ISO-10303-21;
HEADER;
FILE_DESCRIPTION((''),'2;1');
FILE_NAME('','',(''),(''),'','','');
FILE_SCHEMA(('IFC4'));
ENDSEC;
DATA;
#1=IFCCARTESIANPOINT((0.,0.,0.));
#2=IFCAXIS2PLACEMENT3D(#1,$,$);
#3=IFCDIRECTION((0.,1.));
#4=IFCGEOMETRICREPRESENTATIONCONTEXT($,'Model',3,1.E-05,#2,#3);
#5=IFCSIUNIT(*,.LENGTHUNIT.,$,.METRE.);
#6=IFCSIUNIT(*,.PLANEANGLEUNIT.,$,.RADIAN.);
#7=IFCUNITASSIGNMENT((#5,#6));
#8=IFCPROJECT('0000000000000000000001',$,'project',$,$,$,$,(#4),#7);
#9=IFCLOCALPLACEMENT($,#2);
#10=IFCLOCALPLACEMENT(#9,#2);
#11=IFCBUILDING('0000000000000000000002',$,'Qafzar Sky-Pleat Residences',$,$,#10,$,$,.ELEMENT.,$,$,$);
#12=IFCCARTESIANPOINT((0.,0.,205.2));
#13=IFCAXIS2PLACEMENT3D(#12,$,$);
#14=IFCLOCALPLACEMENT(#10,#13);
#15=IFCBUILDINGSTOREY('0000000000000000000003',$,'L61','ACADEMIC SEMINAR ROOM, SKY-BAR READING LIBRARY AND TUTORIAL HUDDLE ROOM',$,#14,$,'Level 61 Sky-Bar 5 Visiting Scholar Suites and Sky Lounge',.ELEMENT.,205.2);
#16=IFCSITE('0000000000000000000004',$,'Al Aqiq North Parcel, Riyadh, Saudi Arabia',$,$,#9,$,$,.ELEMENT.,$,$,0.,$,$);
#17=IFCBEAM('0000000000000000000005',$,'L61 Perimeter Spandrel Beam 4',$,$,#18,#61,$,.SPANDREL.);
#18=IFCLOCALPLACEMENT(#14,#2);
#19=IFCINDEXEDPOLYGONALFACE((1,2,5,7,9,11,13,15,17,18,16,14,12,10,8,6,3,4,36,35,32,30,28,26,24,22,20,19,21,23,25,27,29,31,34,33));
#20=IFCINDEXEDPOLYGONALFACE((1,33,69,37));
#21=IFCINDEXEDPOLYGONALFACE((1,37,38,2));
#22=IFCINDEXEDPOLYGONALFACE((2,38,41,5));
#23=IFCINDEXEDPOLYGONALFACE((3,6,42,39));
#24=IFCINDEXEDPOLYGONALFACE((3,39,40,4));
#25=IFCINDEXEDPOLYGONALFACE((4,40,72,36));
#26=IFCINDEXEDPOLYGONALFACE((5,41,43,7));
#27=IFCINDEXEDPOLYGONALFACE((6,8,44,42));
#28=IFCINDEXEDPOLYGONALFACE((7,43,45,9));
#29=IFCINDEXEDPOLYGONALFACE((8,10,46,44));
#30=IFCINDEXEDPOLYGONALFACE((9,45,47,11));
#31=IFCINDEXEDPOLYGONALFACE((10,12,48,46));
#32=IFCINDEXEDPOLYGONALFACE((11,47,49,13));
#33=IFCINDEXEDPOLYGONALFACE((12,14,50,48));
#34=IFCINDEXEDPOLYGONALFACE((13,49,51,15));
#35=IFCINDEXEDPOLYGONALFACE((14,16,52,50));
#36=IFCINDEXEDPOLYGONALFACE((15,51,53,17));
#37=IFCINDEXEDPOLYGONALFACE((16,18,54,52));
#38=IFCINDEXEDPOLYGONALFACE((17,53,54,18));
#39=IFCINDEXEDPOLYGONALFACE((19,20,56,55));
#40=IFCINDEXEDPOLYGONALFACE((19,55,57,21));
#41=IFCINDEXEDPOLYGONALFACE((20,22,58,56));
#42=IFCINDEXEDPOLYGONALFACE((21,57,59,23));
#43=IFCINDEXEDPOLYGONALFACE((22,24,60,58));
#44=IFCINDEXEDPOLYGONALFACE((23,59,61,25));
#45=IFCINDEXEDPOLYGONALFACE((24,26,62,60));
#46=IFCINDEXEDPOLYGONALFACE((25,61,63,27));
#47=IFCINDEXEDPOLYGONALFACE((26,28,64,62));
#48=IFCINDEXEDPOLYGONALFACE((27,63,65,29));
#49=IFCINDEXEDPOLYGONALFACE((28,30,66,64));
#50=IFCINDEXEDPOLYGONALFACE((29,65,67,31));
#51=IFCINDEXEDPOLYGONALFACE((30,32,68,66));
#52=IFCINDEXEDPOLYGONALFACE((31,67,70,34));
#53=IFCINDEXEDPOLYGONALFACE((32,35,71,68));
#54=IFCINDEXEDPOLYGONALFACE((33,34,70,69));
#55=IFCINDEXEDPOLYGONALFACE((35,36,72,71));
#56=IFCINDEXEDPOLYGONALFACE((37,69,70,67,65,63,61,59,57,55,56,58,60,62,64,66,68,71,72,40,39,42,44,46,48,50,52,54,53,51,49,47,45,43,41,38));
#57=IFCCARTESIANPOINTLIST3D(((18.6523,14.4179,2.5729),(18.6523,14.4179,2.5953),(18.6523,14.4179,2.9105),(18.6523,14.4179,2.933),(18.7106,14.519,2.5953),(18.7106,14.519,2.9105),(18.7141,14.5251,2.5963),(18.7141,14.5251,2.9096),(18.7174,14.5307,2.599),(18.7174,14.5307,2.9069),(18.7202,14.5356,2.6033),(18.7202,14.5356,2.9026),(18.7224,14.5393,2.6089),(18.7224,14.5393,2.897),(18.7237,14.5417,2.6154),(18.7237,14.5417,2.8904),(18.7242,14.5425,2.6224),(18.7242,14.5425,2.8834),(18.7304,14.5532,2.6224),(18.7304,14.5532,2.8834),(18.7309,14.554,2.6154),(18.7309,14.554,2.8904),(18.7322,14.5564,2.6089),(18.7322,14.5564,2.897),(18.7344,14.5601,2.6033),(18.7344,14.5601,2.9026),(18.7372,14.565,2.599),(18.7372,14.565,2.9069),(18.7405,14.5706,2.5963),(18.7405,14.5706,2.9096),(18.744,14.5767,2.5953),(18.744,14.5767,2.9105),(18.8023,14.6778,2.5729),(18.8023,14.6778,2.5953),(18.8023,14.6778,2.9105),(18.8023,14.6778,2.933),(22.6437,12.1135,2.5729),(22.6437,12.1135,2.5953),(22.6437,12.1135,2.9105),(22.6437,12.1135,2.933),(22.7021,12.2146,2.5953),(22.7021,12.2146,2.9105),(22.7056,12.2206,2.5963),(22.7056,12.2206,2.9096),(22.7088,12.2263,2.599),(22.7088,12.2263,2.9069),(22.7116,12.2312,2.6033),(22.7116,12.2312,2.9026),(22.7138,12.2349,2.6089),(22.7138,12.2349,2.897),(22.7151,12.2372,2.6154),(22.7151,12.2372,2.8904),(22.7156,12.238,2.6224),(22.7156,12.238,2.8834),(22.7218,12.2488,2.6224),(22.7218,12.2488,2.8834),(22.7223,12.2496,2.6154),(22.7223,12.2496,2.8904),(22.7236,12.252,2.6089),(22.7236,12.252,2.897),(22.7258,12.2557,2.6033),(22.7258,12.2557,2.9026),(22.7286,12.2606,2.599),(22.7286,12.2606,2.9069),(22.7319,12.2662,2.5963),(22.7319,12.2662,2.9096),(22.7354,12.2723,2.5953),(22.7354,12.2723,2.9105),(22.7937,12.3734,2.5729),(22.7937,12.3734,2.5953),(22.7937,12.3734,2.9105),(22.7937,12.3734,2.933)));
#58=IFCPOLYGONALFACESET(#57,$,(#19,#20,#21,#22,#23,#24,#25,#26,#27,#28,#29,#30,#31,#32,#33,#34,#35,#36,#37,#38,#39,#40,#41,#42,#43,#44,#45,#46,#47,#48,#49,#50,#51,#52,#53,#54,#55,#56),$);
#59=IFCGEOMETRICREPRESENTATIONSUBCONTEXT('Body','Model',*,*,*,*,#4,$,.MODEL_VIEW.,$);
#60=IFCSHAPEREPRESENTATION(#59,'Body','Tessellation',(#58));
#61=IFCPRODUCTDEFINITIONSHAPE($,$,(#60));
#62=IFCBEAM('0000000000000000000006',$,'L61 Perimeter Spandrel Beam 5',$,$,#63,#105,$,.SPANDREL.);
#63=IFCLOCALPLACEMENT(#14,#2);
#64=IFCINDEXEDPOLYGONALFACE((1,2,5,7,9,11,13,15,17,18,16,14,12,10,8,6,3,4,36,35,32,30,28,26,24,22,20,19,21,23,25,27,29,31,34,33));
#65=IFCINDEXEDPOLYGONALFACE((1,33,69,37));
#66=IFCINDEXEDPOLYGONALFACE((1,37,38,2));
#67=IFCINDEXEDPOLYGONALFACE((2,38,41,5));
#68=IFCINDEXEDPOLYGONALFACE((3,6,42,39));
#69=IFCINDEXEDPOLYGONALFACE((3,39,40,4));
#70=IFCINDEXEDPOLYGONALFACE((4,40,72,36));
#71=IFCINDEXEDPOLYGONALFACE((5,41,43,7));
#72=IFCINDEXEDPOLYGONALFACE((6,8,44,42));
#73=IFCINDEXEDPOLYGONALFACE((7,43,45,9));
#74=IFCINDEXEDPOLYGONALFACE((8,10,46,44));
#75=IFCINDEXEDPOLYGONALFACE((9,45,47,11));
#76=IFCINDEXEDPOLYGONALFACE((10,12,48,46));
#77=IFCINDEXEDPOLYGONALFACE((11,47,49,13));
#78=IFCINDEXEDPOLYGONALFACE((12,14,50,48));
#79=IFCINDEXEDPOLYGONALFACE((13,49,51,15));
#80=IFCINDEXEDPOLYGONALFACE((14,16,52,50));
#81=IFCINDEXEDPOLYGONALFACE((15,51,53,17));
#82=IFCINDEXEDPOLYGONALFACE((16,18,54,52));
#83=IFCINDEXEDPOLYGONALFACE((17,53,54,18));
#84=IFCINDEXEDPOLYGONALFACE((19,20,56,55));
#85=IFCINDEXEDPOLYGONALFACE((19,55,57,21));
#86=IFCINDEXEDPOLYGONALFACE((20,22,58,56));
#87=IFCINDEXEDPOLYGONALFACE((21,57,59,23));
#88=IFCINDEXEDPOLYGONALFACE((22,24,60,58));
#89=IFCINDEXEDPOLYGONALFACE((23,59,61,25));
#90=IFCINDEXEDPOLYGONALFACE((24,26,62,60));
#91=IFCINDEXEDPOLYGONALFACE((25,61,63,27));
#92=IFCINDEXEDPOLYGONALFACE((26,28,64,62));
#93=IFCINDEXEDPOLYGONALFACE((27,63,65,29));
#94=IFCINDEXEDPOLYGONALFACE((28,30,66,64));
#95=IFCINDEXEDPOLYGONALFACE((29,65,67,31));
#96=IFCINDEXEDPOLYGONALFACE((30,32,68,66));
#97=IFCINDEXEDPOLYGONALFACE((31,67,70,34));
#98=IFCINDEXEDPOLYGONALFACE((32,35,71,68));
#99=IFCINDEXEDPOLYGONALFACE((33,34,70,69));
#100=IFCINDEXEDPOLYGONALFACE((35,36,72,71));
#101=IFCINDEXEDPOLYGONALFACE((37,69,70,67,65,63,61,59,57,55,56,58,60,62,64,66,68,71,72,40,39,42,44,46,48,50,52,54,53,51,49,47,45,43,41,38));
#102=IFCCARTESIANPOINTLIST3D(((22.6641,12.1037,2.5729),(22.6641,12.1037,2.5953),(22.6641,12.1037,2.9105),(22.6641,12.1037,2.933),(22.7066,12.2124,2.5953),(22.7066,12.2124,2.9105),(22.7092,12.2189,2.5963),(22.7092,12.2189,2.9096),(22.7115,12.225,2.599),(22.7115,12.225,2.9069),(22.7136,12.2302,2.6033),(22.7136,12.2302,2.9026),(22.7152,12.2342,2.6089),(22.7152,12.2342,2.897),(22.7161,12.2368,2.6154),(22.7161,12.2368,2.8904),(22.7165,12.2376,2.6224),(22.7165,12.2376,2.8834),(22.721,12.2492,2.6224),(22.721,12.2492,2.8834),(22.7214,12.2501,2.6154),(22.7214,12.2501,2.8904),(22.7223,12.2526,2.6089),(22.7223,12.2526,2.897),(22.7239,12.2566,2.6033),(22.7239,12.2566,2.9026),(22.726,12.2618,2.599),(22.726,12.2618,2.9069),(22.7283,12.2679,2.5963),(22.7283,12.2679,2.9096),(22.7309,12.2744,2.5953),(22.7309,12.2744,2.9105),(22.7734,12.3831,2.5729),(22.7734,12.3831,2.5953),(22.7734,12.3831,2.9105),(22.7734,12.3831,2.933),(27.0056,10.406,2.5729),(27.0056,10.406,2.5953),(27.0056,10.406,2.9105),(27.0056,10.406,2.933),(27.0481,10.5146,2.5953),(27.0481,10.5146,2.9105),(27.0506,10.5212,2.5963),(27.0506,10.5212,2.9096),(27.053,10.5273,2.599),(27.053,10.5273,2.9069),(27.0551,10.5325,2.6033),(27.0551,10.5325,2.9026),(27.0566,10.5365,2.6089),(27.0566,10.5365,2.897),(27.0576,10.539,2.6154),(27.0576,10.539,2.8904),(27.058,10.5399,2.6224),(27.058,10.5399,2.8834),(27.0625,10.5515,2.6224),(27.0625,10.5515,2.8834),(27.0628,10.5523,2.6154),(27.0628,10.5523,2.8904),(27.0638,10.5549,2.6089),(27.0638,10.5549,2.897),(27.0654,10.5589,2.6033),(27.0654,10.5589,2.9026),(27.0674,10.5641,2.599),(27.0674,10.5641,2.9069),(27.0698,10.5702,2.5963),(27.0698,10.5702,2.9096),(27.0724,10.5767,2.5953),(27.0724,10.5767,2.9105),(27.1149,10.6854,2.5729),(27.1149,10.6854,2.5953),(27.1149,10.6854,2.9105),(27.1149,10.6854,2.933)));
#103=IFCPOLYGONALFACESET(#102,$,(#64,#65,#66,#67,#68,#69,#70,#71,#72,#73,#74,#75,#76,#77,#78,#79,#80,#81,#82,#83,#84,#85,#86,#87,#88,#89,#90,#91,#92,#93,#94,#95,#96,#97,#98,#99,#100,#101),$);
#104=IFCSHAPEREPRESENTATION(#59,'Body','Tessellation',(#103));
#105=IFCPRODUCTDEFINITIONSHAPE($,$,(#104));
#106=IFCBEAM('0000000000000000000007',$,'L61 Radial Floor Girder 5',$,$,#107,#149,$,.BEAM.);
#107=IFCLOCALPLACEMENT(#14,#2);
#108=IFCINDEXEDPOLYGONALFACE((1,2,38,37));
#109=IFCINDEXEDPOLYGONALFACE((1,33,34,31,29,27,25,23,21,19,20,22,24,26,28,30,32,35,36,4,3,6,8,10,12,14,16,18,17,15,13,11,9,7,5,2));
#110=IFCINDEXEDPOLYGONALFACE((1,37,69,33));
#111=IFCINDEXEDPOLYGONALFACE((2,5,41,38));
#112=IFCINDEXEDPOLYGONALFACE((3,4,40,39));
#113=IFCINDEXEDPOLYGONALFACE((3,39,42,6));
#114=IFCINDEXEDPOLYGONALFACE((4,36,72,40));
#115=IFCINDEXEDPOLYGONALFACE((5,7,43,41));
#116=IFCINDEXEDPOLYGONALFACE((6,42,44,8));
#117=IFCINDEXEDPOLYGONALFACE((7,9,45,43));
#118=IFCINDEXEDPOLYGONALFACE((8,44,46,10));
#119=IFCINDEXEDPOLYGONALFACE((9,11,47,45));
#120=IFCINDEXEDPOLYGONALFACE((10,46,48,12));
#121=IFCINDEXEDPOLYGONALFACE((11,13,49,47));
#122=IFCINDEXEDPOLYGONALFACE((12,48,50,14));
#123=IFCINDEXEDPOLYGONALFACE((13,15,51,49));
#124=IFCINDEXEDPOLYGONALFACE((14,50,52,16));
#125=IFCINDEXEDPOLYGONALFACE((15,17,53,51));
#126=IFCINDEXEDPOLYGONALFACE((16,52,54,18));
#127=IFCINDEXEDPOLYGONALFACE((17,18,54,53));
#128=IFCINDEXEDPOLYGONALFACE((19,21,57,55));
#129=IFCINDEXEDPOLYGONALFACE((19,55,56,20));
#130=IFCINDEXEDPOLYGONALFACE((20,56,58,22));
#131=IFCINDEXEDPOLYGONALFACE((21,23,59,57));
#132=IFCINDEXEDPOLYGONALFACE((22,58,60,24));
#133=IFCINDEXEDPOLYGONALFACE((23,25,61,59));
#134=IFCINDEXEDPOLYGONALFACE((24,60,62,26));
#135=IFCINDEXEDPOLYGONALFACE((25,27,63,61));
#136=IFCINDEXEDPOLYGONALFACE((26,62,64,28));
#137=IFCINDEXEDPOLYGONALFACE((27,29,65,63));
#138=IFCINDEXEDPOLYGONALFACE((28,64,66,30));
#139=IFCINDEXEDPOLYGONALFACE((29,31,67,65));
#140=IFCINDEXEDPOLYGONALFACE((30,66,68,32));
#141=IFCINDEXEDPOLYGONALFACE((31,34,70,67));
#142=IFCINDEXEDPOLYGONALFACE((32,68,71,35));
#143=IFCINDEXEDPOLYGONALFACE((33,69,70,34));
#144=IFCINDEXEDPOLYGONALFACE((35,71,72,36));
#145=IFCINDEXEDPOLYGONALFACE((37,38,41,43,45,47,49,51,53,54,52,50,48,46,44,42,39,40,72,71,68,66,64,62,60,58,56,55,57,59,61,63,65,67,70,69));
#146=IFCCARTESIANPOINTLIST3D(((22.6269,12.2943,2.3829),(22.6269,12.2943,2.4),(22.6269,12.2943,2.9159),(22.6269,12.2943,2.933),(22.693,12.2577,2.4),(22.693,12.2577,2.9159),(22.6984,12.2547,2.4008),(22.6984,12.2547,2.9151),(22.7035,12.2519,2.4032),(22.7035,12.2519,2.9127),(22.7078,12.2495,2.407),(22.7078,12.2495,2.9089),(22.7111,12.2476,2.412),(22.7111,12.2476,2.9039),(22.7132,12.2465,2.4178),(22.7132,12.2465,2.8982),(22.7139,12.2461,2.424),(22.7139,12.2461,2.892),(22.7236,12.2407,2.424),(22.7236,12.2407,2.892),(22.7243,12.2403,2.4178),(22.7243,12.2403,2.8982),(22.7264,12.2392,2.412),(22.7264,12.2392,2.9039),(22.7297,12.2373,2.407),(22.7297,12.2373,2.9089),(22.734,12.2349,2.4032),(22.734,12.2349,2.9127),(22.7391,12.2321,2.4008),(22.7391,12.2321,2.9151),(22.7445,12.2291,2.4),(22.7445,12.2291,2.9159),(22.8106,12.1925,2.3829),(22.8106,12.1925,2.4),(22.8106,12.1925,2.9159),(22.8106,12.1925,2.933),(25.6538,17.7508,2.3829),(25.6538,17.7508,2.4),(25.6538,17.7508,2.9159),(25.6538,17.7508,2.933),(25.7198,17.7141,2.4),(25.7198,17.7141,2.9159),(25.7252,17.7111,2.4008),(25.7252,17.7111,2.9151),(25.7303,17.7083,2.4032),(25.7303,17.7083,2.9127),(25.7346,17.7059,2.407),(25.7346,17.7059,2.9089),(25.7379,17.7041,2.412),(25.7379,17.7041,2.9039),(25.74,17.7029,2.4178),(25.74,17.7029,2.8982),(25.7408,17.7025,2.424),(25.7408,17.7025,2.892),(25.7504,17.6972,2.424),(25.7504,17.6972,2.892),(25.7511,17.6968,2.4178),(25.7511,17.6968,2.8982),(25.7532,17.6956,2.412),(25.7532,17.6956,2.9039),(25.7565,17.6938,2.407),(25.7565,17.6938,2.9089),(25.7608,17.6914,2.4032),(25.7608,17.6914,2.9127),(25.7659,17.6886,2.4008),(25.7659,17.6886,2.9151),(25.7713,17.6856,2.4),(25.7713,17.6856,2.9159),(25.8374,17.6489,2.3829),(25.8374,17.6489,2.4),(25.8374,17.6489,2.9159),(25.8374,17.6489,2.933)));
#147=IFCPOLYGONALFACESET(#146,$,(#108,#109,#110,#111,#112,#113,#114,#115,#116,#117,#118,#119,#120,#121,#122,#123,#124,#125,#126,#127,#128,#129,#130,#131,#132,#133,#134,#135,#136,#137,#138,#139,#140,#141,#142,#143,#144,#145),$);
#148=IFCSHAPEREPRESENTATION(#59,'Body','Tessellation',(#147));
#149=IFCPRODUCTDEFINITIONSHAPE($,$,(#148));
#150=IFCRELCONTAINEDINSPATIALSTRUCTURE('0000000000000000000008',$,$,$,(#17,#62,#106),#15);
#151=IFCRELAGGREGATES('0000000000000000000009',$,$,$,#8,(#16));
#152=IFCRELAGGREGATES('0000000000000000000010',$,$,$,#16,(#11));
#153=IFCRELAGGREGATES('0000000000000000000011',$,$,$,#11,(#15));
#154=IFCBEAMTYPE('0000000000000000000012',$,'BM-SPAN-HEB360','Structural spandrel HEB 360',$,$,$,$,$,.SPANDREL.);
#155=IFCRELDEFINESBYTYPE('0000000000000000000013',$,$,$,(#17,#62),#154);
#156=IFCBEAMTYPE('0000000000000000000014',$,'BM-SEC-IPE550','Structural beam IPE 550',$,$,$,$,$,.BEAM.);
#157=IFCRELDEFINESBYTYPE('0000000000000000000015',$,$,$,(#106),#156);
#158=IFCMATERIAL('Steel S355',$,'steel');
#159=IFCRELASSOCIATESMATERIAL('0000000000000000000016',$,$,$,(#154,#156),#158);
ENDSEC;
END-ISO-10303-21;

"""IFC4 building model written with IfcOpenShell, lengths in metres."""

from ifc_helpers import new_model, si_unit, direction, frame, origin, origin_2d, place, context, subcontext, project, spatial, i_section, extrude, source, transform, mapped, material, material_profile, profile_set, type_object, element, save


model = new_model("IFC4")

# Units and contexts
model_context = context("Model", 3, precision=1e-05, world=origin(), true_north=direction((0.0, 1.0)))
body_context = subcontext(model_context, "Body", "Model", "MODEL_VIEW")
ifc_project = project(units=[si_unit("LENGTHUNIT", "METRE"), si_unit("PLANEANGLEUNIT", "RADIAN")], contexts=[model_context])

# Site, building, storey
site_placement = place(None, origin())
site = spatial("IfcSite", under=ifc_project, at=site_placement, Name="Al Aqiq North Parcel, Riyadh, Saudi Arabia", CompositionType="ELEMENT", RefElevation=0.0)
building_placement = place(site_placement, origin())
building = spatial("IfcBuilding", under=site, at=building_placement, Name="Qafzar Sky-Pleat Residences", CompositionType="ELEMENT")
storey_placement = place(building_placement, frame((0.0, 0.0, 205.2)))
storey = spatial("IfcBuildingStorey", under=building, at=storey_placement, Name="L61", Description="ACADEMIC SEMINAR ROOM, SKY-BAR READING LIBRARY AND TUTORIAL HUDDLE ROOM", LongName="Level 61 Sky-Bar 5 Visiting Scholar Suites and Sky Lounge", CompositionType="ELEMENT", Elevation=205.2)

# Shared definitions
ifc_material_1 = material(Name="Steel S355", Category="steel")

# Beams
ifc_material_profile_1 = material_profile(ifc_material_1, i_section(OverallWidth=0.3, OverallDepth=0.3601, WebThickness=0.0125, FlangeThickness=0.0225, FilletRadius=0.0271, at=origin_2d()), Name="HEB 360")
ifc_profile_set_1 = profile_set([ifc_material_profile_1], Name="Steel S355")
beam_type_1 = type_object("IfcBeamType", Name="BM-SPAN-HEB360", Description="Structural spandrel HEB 360", PredefinedType="SPANDREL", material=ifc_profile_set_1)
shared_shape_1 = source(origin(), body_context, "Body", "SweptSolid", [
    extrude(i_section(OverallWidth=0.3, OverallDepth=0.3601, WebThickness=0.0125, FlangeThickness=0.0225, FilletRadius=0.0271, at=origin_2d()), origin(), (0.0, 0.0, 1.0), 4.6089),
])
beam_1_placement = place(storey_placement, frame((18.7273, 14.5479, 2.7529), z_axis=(0.866028, -0.499996, 0.0), x_axis=(0.499996, 0.866028, 0.0)))
element("IfcBeam", 1, at=beam_1_placement, inside=storey, type_object=beam_type_1, Name="L61 Perimeter Spandrel Beam 4", PredefinedType="SPANDREL", context=body_context, shape_type="MappedRepresentation", body=[
    mapped(shared_shape_1, transform((0.0, 0.0, 0.0), x_axis=(1.0, 0.0, 0.0), y_axis=(0.0, 1.0, 0.0), z_axis=(0.0, 0.0, 1.0), scale=1.0)),
])
shared_shape_2 = source(origin(), body_context, "Body", "SweptSolid", [
    extrude(i_section(OverallWidth=0.3, OverallDepth=0.3601, WebThickness=0.0125, FlangeThickness=0.0225, FilletRadius=0.0271, at=origin_2d()), origin(), (0.0, 0.0, 1.0), 4.6616),
])
beam_2_placement = place(storey_placement, frame((22.7188, 12.2434, 2.7529), z_axis=(0.931324, -0.364192, 0.0), x_axis=(0.364192, 0.931324, 0.0)))
element("IfcBeam", 2, at=beam_2_placement, inside=storey, type_object=beam_type_1, Name="L61 Perimeter Spandrel Beam 5", PredefinedType="SPANDREL", context=body_context, shape_type="MappedRepresentation", body=[
    mapped(shared_shape_2, transform((0.0, 0.0, 0.0), x_axis=(1.0, 0.0, 0.0), y_axis=(0.0, 1.0, 0.0), z_axis=(0.0, 0.0, 1.0), scale=1.0)),
])
ifc_material_profile_2 = material_profile(ifc_material_1, i_section(OverallWidth=0.21, OverallDepth=0.55, WebThickness=0.011, FlangeThickness=0.0171, FilletRadius=0.0239, at=origin_2d()), Name="IPE 550")
ifc_profile_set_2 = profile_set([ifc_material_profile_2], Name="Steel S355")
beam_type_2 = type_object("IfcBeamType", Name="BM-SEC-IPE550", Description="Structural beam IPE 550", PredefinedType="BEAM", material=ifc_profile_set_2)
shared_shape_3 = source(origin(), body_context, "Body", "SweptSolid", [
    extrude(i_section(OverallWidth=0.21, OverallDepth=0.55, WebThickness=0.011, FlangeThickness=0.0171, FilletRadius=0.0239, at=origin_2d()), origin(), (0.0, 0.0, 1.0), 6.2397),
])
beam_3_placement = place(storey_placement, frame((22.7188, 12.2434, 2.658), z_axis=(0.485085, 0.874467, 0.0), x_axis=(-0.874467, 0.485085, 0.0)))
element("IfcBeam", 3, at=beam_3_placement, inside=storey, type_object=beam_type_2, Name="L61 Radial Floor Girder 5", PredefinedType="BEAM", context=body_context, shape_type="MappedRepresentation", body=[
    mapped(shared_shape_3, transform((0.0, 0.0, 0.0), x_axis=(1.0, 0.0, 0.0), y_axis=(0.0, 1.0, 0.0), z_axis=(0.0, 0.0, 1.0), scale=1.0)),
])

save(model, "model.ifc")
